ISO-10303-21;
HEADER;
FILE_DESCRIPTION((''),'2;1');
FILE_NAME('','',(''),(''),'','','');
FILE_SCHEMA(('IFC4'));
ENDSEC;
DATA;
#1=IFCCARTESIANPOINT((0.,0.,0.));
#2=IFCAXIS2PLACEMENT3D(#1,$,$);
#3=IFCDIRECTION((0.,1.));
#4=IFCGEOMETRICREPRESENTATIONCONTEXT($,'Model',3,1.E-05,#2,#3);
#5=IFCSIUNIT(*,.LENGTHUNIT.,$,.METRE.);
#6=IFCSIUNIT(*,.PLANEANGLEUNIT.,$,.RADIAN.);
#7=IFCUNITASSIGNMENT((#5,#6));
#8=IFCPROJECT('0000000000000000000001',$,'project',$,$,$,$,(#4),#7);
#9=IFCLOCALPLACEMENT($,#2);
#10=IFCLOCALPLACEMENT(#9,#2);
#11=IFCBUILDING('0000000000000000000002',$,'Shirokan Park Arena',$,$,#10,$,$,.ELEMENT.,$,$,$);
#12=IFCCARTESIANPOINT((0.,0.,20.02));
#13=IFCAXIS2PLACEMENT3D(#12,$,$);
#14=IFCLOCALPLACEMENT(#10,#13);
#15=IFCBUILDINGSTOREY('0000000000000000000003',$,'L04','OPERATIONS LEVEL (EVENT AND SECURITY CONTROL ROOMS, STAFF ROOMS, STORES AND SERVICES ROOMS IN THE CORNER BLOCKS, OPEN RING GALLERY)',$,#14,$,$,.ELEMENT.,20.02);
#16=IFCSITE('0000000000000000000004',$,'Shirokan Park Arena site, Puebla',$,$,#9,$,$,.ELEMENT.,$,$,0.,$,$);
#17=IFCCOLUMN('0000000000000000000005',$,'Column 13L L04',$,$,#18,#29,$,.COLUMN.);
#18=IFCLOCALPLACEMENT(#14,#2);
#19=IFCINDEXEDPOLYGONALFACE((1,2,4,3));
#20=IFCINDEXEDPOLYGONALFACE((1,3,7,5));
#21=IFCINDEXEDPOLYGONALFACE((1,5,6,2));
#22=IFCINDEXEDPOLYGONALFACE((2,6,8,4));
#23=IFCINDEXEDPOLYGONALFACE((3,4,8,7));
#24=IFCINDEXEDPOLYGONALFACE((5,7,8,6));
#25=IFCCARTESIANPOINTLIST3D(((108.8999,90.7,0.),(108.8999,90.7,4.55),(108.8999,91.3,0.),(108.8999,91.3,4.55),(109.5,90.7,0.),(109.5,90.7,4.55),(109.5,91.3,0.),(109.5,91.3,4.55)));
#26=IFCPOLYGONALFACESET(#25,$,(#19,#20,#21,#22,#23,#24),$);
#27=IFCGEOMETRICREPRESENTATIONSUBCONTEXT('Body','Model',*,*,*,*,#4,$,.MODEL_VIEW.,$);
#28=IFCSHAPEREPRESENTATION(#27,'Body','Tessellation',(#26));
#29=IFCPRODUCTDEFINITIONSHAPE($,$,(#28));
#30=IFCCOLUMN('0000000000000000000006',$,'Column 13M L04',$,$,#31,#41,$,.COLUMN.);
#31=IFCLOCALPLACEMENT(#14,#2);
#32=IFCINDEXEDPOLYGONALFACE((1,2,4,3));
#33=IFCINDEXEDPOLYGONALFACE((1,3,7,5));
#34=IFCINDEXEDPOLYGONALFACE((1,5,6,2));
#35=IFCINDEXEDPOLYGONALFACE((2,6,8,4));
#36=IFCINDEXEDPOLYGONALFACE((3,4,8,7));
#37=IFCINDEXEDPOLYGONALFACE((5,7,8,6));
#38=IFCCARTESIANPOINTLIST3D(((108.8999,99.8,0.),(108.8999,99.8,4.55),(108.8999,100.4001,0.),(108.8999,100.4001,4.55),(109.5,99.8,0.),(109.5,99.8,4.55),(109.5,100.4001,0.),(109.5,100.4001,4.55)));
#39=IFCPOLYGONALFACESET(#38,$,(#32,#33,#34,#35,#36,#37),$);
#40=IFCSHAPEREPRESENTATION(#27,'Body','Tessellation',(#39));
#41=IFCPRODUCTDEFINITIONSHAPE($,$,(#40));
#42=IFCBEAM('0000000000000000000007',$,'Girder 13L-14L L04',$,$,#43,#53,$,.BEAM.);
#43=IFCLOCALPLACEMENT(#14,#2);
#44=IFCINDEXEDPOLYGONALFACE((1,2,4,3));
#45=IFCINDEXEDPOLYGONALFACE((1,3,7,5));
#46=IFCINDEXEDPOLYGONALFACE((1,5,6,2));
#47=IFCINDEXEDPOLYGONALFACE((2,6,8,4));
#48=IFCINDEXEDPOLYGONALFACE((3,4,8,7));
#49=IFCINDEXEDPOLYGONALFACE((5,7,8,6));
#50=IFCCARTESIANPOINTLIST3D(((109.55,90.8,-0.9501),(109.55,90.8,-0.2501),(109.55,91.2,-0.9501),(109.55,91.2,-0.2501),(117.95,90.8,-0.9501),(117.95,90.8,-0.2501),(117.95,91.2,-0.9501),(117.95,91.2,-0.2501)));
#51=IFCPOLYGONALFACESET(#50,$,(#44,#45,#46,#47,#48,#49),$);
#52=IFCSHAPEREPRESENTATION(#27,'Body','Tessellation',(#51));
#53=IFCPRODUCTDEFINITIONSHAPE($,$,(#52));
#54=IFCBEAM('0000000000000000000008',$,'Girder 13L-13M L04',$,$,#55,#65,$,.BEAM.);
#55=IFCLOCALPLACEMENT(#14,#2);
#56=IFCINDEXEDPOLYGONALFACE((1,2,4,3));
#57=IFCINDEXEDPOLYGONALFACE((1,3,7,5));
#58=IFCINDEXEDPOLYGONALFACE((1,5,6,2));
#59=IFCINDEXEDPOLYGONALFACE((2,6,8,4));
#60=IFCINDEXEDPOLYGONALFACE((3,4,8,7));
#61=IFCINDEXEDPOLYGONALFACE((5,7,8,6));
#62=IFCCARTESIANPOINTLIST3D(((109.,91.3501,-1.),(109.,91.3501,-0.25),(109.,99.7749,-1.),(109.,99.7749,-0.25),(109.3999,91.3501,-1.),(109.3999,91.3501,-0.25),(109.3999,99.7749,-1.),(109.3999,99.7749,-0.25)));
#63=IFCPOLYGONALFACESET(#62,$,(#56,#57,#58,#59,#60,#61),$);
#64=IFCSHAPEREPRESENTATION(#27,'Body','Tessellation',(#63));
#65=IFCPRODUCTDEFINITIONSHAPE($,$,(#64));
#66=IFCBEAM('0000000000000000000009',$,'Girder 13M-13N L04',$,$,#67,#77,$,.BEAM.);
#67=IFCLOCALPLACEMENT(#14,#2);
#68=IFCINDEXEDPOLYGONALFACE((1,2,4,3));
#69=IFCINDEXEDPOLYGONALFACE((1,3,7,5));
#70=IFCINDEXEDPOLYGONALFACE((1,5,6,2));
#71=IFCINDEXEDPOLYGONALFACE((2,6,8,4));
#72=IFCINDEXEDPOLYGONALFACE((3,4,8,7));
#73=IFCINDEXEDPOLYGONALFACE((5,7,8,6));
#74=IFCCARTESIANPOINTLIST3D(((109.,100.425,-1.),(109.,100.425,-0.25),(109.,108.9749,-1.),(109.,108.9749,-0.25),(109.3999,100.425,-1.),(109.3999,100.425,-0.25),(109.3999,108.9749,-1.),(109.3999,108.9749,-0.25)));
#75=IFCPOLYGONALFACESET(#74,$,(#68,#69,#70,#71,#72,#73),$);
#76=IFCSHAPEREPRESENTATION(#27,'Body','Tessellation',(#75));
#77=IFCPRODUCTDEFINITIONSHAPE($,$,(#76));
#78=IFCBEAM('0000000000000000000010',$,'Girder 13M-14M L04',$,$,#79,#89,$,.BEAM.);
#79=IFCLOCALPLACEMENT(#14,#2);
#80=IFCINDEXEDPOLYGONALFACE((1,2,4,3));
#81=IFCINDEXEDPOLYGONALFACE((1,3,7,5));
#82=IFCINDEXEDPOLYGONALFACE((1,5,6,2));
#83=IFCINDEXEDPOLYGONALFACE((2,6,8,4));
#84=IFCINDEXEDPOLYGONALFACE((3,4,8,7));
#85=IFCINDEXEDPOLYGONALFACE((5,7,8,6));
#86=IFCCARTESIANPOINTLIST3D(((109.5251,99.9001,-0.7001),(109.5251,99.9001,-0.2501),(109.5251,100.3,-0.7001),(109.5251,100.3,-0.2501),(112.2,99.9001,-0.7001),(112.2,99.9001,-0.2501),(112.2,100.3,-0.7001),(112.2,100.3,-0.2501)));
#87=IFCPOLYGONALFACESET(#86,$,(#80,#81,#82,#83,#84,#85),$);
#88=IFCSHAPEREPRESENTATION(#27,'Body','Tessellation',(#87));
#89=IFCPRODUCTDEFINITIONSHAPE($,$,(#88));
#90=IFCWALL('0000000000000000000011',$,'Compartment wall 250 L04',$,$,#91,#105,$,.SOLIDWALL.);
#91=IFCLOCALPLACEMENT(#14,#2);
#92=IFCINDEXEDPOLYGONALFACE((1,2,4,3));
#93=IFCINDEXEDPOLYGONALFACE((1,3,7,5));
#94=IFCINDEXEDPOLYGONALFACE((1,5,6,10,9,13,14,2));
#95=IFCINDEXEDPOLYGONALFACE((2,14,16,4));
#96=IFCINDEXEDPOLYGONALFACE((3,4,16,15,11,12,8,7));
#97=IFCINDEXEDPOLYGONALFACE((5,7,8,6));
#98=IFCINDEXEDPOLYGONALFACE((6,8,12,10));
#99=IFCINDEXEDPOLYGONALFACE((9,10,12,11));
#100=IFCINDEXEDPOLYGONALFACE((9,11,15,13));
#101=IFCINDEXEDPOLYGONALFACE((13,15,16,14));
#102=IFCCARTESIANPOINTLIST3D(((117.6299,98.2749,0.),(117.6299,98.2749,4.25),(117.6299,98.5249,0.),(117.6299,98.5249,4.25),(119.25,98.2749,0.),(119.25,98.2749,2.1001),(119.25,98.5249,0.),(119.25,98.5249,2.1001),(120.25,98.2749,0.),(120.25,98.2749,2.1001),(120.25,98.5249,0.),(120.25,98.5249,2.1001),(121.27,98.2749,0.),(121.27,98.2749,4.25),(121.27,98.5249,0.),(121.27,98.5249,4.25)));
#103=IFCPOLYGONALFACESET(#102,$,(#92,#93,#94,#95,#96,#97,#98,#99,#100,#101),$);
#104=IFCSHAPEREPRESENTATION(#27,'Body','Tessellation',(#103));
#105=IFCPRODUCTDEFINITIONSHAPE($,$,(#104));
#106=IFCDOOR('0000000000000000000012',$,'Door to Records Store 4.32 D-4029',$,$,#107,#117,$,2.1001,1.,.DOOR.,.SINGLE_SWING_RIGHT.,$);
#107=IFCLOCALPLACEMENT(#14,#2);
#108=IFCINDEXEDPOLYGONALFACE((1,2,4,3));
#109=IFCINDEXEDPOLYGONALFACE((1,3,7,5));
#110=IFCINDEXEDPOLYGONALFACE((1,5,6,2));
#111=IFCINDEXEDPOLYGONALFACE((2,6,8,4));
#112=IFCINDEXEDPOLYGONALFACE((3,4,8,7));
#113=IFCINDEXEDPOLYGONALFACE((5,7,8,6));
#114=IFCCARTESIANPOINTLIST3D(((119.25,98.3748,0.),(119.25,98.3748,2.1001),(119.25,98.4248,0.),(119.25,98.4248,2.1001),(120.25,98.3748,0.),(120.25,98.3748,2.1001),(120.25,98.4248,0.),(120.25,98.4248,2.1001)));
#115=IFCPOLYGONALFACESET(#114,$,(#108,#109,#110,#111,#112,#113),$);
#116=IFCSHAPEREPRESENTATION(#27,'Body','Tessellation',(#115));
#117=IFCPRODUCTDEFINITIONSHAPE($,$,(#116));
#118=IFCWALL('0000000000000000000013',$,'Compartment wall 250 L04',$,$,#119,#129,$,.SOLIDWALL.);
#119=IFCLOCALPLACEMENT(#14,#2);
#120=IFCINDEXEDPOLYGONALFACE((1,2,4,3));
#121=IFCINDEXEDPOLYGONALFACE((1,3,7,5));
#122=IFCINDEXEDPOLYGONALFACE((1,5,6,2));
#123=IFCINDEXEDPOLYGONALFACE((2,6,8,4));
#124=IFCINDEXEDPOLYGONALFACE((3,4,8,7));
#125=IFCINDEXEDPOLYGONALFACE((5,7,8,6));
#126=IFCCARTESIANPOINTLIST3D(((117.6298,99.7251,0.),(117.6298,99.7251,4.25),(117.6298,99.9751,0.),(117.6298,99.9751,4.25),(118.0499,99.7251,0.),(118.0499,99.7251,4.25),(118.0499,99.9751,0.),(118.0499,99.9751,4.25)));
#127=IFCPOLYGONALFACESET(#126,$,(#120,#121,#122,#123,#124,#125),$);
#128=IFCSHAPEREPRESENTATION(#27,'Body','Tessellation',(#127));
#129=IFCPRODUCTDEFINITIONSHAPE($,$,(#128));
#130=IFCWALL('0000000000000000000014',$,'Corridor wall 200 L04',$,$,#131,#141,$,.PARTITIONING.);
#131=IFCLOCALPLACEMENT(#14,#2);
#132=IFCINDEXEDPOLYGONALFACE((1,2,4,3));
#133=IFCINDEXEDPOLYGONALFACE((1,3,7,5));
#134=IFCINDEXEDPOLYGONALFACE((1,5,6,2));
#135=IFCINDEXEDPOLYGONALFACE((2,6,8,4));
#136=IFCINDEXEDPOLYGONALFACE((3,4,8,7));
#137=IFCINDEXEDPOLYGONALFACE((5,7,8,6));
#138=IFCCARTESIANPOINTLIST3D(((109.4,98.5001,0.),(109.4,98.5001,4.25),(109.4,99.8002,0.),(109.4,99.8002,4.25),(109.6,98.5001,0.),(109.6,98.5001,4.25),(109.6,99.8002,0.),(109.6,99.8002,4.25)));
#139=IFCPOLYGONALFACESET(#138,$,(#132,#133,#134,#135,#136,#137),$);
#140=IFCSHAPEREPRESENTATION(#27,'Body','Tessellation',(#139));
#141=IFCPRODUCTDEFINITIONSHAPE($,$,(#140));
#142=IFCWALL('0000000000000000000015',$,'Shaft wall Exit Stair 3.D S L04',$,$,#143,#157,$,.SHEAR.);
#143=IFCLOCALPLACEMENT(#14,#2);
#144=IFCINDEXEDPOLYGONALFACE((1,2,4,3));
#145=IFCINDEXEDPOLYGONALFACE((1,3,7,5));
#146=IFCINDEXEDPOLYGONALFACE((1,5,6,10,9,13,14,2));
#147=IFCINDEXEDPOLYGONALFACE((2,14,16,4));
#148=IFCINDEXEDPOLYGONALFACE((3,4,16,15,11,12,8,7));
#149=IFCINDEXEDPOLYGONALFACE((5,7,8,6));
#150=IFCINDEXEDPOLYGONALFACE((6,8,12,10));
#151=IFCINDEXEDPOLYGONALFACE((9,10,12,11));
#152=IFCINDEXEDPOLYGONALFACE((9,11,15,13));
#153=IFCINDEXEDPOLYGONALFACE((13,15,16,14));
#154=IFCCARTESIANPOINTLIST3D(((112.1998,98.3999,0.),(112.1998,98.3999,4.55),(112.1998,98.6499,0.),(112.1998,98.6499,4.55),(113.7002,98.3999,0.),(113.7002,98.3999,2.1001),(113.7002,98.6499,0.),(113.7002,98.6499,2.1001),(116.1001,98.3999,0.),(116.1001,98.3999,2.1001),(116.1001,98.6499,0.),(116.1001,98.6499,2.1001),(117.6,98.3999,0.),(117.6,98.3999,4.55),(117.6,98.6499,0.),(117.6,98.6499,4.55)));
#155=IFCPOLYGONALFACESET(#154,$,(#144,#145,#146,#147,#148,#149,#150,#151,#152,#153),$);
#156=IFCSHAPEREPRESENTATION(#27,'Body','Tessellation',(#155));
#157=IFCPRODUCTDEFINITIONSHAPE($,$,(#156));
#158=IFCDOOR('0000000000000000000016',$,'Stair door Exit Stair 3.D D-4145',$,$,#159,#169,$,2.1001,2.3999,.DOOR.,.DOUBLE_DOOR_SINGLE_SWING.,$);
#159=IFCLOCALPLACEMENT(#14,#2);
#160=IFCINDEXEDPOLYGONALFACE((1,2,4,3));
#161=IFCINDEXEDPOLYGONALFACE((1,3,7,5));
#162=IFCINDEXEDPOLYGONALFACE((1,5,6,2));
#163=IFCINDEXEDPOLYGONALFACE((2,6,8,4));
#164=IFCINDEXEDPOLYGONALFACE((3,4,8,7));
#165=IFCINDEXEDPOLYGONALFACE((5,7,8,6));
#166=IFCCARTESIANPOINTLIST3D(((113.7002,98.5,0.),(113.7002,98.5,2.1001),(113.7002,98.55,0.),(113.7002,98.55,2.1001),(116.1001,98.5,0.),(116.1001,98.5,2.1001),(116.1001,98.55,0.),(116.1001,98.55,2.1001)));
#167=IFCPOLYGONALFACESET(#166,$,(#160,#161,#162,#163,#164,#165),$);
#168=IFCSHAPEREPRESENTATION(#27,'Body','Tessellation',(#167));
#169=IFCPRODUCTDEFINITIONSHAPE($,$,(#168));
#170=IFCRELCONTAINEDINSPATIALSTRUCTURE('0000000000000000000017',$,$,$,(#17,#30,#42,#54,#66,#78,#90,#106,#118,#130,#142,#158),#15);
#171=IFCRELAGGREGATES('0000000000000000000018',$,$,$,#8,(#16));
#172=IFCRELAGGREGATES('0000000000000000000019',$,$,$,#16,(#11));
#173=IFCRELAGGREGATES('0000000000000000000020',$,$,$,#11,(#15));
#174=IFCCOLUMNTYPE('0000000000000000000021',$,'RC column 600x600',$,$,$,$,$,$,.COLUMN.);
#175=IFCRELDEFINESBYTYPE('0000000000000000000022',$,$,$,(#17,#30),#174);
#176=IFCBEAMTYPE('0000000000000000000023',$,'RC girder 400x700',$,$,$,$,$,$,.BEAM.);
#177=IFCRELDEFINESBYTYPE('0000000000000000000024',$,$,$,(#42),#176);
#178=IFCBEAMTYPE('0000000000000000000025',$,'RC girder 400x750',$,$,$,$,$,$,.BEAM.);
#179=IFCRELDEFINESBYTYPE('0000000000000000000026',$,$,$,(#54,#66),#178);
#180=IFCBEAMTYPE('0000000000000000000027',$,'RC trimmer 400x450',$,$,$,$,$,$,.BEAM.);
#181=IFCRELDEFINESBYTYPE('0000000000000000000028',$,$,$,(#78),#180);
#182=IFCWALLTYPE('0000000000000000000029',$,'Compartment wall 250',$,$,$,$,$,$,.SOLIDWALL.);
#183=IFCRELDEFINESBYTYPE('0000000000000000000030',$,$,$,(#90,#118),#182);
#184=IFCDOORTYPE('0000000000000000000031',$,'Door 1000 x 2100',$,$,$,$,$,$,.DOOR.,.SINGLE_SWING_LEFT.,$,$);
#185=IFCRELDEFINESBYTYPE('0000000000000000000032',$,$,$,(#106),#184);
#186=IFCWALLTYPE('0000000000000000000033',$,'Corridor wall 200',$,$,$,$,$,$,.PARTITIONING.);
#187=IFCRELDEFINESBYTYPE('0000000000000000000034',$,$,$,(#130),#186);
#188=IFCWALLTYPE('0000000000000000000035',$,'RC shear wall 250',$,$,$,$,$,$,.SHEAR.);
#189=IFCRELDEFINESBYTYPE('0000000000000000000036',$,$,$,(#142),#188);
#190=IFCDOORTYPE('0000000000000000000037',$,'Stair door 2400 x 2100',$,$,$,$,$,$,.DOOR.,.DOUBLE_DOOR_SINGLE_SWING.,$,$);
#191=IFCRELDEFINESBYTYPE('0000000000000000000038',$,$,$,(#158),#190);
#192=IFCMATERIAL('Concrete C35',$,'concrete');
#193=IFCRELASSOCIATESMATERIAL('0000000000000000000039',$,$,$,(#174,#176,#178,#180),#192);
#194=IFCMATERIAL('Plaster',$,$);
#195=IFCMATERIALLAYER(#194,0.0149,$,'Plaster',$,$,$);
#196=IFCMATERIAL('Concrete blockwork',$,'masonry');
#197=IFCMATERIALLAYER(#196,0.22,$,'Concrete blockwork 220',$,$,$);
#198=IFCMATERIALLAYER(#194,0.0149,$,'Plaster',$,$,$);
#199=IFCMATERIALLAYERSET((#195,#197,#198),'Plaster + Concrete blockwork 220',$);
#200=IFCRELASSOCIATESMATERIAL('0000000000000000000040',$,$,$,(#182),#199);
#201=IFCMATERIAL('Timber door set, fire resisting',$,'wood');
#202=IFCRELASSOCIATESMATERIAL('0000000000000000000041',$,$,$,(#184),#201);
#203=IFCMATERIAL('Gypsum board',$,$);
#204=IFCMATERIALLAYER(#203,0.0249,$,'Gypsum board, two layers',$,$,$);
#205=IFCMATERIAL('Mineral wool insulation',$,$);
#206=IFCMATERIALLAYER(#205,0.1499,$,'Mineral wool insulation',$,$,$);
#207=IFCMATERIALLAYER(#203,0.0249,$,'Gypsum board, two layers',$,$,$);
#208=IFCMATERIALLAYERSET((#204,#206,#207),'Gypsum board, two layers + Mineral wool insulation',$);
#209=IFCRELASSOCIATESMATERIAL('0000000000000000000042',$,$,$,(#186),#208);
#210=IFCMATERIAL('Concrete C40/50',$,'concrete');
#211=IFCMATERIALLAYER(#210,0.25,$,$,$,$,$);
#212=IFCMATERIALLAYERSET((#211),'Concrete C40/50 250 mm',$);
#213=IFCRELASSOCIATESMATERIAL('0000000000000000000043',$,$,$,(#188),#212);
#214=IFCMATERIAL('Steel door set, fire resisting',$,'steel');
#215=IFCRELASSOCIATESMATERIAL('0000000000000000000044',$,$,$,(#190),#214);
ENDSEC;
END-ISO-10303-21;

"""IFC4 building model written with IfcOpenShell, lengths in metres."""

from ifc_helpers import new_model, si_unit, direction, frame, frame_2d, origin, origin_2d, place, context, subcontext, project, spatial, rectangle, extrude, material, layer, layer_set, material_profile, profile_set, type_object, element, fill, save


model = new_model("IFC4")

# Units and contexts
model_context = context("Model", 3, precision=1e-05, world=origin(), true_north=direction((0.0, 1.0)))
body_context = subcontext(model_context, "Body", "Model", "MODEL_VIEW")
ifc_project = project(units=[si_unit("LENGTHUNIT", "METRE"), si_unit("PLANEANGLEUNIT", "RADIAN")], contexts=[model_context])

# Site, building, storey
site_placement = place(None, origin())
site = spatial("IfcSite", under=ifc_project, at=site_placement, Name="Shirokan Park Arena site, Puebla", CompositionType="ELEMENT", RefElevation=0.0)
building_placement = place(site_placement, origin())
building = spatial("IfcBuilding", under=site, at=building_placement, Name="Shirokan Park Arena", CompositionType="ELEMENT")
storey_placement = place(building_placement, frame((0.0, 0.0, 20.02)))
storey = spatial("IfcBuildingStorey", under=building, at=storey_placement, Name="L04", Description="OPERATIONS LEVEL (EVENT AND SECURITY CONTROL ROOMS, STAFF ROOMS, STORES AND SERVICES ROOMS IN THE CORNER BLOCKS, OPEN RING GALLERY)", CompositionType="ELEMENT", Elevation=20.02)

# Columns
ifc_material_1 = material(Name="Concrete C35", Category="concrete")
ifc_material_profile_1 = material_profile(ifc_material_1, rectangle(XDim=0.6001, YDim=0.6001, at=origin_2d()), Name="600x600")
ifc_profile_set_1 = profile_set([ifc_material_profile_1], Name="Concrete C35")
column_type = type_object("IfcColumnType", Name="RC column 600x600", PredefinedType="COLUMN", material=ifc_profile_set_1)
for number, where, z_axis, x_axis, name in (
    (1, (109.2, 91.0, 0.0), (0.0, 0.0, 1.0), (1.0, 0.0, 0.0), "Column 13L L04"),
    (2, (109.2, 100.1001, 0.0), (0.0, 0.0, 1.0), (1.0, 0.0, 0.0), "Column 13M L04"),
):
    element("IfcColumn", number, at=place(storey_placement, frame(where, z_axis=z_axis, x_axis=x_axis)), inside=storey, type_object=column_type, Name=name, PredefinedType="COLUMN", context=body_context, shape_type="SweptSolid", body=[
        extrude(rectangle(XDim=0.6001, YDim=0.6001, at=origin_2d()), origin(), (0.0, 0.0, 1.0), 4.55),
    ])

# Beams
ifc_material_profile_2 = material_profile(ifc_material_1, rectangle(XDim=0.3999, YDim=0.7, at=origin_2d()), Name="400x700")
ifc_profile_set_2 = profile_set([ifc_material_profile_2], Name="Concrete C35")
beam_type_1 = type_object("IfcBeamType", Name="RC girder 400x700", PredefinedType="BEAM", material=ifc_profile_set_2)
beam_1_placement = place(storey_placement, frame((109.55, 91.0, -0.6001), z_axis=(1.0, 0.0, 0.0), x_axis=(0.0, 1.0, 0.0)))
element("IfcBeam", 3, at=beam_1_placement, inside=storey, type_object=beam_type_1, Name="Girder 13L-14L L04", PredefinedType="BEAM", context=body_context, shape_type="SweptSolid", body=[
    extrude(rectangle(XDim=0.3999, YDim=0.7, at=origin_2d()), origin(), (0.0, 0.0, 1.0), 8.3999),
])
ifc_material_profile_3 = material_profile(ifc_material_1, rectangle(XDim=0.3999, YDim=0.75, at=origin_2d()), Name="400x750")
ifc_profile_set_3 = profile_set([ifc_material_profile_3], Name="Concrete C35")
beam_type_2 = type_object("IfcBeamType", Name="RC girder 400x750", PredefinedType="BEAM", material=ifc_profile_set_3)
beam_2_placement = place(storey_placement, frame((109.2, 91.3501, -0.625), z_axis=(0.0, 1.0, 0.0), x_axis=(-1.0, 0.0, 0.0)))
element("IfcBeam", 4, at=beam_2_placement, inside=storey, type_object=beam_type_2, Name="Girder 13L-13M L04", PredefinedType="BEAM", context=body_context, shape_type="SweptSolid", body=[
    extrude(rectangle(XDim=0.3999, YDim=0.75, at=origin_2d()), origin(), (0.0, 0.0, 1.0), 8.4248),
])
beam_3_placement = place(storey_placement, frame((109.2, 100.425, -0.625), z_axis=(0.0, 1.0, 0.0), x_axis=(-1.0, 0.0, 0.0)))
element("IfcBeam", 5, at=beam_3_placement, inside=storey, type_object=beam_type_2, Name="Girder 13M-13N L04", PredefinedType="BEAM", context=body_context, shape_type="SweptSolid", body=[
    extrude(rectangle(XDim=0.3999, YDim=0.75, at=origin_2d()), origin(), (0.0, 0.0, 1.0), 8.5498),
])
ifc_material_profile_4 = material_profile(ifc_material_1, rectangle(XDim=0.3999, YDim=0.45, at=origin_2d()), Name="400x450")
ifc_profile_set_4 = profile_set([ifc_material_profile_4], Name="Concrete C35")
beam_type_3 = type_object("IfcBeamType", Name="RC trimmer 400x450", PredefinedType="BEAM", material=ifc_profile_set_4)
beam_4_placement = place(storey_placement, frame((109.5251, 100.1001, -0.4751), z_axis=(1.0, 0.0, 0.0), x_axis=(0.0, 1.0, 0.0)))
element("IfcBeam", 6, at=beam_4_placement, inside=storey, type_object=beam_type_3, Name="Girder 13M-14M L04", PredefinedType="BEAM", context=body_context, shape_type="SweptSolid", body=[
    extrude(rectangle(XDim=0.3999, YDim=0.45, at=origin_2d()), origin(), (0.0, 0.0, 1.0), 2.6748),
])

# Wall, opening, door
ifc_material_2 = material(Name="Plaster")
ifc_layer_1 = layer(ifc_material_2, 0.0149, Name="Plaster")
ifc_material_3 = material(Name="Concrete blockwork", Category="masonry")
ifc_layer_2 = layer(ifc_material_3, 0.22, Name="Concrete blockwork 220")
ifc_layer_3 = layer(ifc_material_2, 0.0149, Name="Plaster")
ifc_layer_set_1 = layer_set([ifc_layer_1, ifc_layer_2, ifc_layer_3], Name="Plaster + Concrete blockwork 220")
wall_type_1 = type_object("IfcWallType", Name="Compartment wall 250", PredefinedType="SOLIDWALL", material=ifc_layer_set_1)
wall_1_placement = place(storey_placement, frame((117.6299, 98.3999, 0.0), z_axis=(0.0, 0.0, 1.0), x_axis=(1.0, 0.0, 0.0)))
wall_1 = element("IfcWall", 7, at=wall_1_placement, inside=storey, type_object=wall_type_1, Name="Compartment wall 250 L04", PredefinedType="SOLIDWALL", context=body_context, shape_type="SweptSolid", body=[
    extrude(rectangle(XDim=3.6401, YDim=0.25, at=frame_2d((1.8201, 0.0))), origin(), (0.0, 0.0, 1.0), 4.25),
])
opening_1_placement = place(wall_1_placement, frame((1.6201, 0.0, 0.0)))
opening_1 = element("IfcOpeningElement", 8, at=opening_1_placement, cuts=wall_1, PredefinedType="OPENING", context=body_context, shape_type="SweptSolid", body=[
    extrude(rectangle(XDim=1.0, YDim=2.1001, at=frame_2d((0.5, 1.05))), frame((0.0, 0.135, 0.0), z_axis=(0.0, -1.0, 0.0), x_axis=(1.0, 0.0, 0.0)), (0.0, 0.0, 1.0), 0.27),
])
ifc_material_4 = material(Name="Timber door set, fire resisting", Category="wood")
door_type_1 = type_object("IfcDoorType", Name="Door 1000 x 2100", OperationType="SINGLE_SWING_LEFT", PredefinedType="DOOR", material=ifc_material_4)
door_1_placement = place(opening_1_placement, origin())
door_1 = element("IfcDoor", 9, at=door_1_placement, inside=storey, type_object=door_type_1, Name="Door to Records Store 4.32 D-4029", OperationType="SINGLE_SWING_RIGHT", OverallHeight=2.1001, OverallWidth=1.0, PredefinedType="DOOR", context=body_context, shape_type="SweptSolid", body=[
    extrude(rectangle(XDim=1.0, YDim=2.1001, at=frame_2d((0.5, 1.05))), frame((0.0, 0.0249, 0.0), z_axis=(0.0, -1.0, 0.0), x_axis=(1.0, 0.0, 0.0)), (0.0, 0.0, 1.0), 0.05),
])
fill(opening_1, door_1)

# Wall
wall_2_placement = place(storey_placement, frame((117.6299, 99.8501, 0.0), z_axis=(0.0, 0.0, 1.0), x_axis=(1.0, 0.0, 0.0)))
element("IfcWall", 10, at=wall_2_placement, inside=storey, type_object=wall_type_1, Name="Compartment wall 250 L04", PredefinedType="SOLIDWALL", context=body_context, shape_type="SweptSolid", body=[
    extrude(rectangle(XDim=0.4202, YDim=0.25, at=frame_2d((0.21, 0.0))), origin(), (0.0, 0.0, 1.0), 4.25),
])

# Shared definitions
ifc_material_5 = material(Name="Gypsum board")
ifc_layer_4 = layer(ifc_material_5, 0.0249, Name="Gypsum board, two layers")
ifc_material_6 = material(Name="Mineral wool insulation")
ifc_layer_5 = layer(ifc_material_6, 0.1499, Name="Mineral wool insulation")
ifc_layer_6 = layer(ifc_material_5, 0.0249, Name="Gypsum board, two layers")
ifc_layer_set_2 = layer_set([ifc_layer_4, ifc_layer_5, ifc_layer_6], Name="Gypsum board, two layers + Mineral wool insulation")
wall_type_2 = type_object("IfcWallType", Name="Corridor wall 200", PredefinedType="PARTITIONING", material=ifc_layer_set_2)

# Wall
wall_3_placement = place(storey_placement, frame((109.5, 99.8, 0.0), z_axis=(0.0, 0.0, 1.0), x_axis=(0.0, -1.0, 0.0)))
element("IfcWall", 11, at=wall_3_placement, inside=storey, type_object=wall_type_2, Name="Corridor wall 200 L04", PredefinedType="PARTITIONING", context=body_context, shape_type="SweptSolid", body=[
    extrude(rectangle(XDim=1.3, YDim=0.2, at=frame_2d((0.6499, 0.0))), origin(), (0.0, 0.0, 1.0), 4.25),
])

# Wall, opening, door
ifc_material_7 = material(Name="Concrete C40/50", Category="concrete")
ifc_layer_7 = layer(ifc_material_7, 0.25)
ifc_layer_set_3 = layer_set([ifc_layer_7], Name="Concrete C40/50 250 mm")
wall_type_3 = type_object("IfcWallType", Name="RC shear wall 250", PredefinedType="SHEAR", material=ifc_layer_set_3)
wall_4_placement = place(storey_placement, frame((117.6001, 98.5249, 0.0), z_axis=(0.0, 0.0, 1.0), x_axis=(-1.0, 0.0, 0.0)))
wall_4 = element("IfcWall", 12, at=wall_4_placement, inside=storey, type_object=wall_type_3, Name="Shaft wall Exit Stair 3.D S L04", PredefinedType="SHEAR", context=body_context, shape_type="SweptSolid", body=[
    extrude(rectangle(XDim=5.4001, YDim=0.25, at=frame_2d((2.7002, 0.0))), origin(), (0.0, 0.0, 1.0), 4.55),
])
opening_2_placement = place(wall_4_placement, frame((1.5, 0.0, 0.0)))
opening_2 = element("IfcOpeningElement", 13, at=opening_2_placement, cuts=wall_4, PredefinedType="OPENING", context=body_context, shape_type="SweptSolid", body=[
    extrude(rectangle(XDim=2.3999, YDim=2.1001, at=frame_2d((1.2, 1.05))), frame((0.0, 0.135, 0.0), z_axis=(0.0, -1.0, 0.0), x_axis=(1.0, 0.0, 0.0)), (0.0, 0.0, 1.0), 0.27),
])
ifc_material_8 = material(Name="Steel door set, fire resisting", Category="steel")
door_type_2 = type_object("IfcDoorType", Name="Stair door 2400 x 2100", OperationType="DOUBLE_DOOR_SINGLE_SWING", PredefinedType="DOOR", material=ifc_material_8)
door_2_placement = place(opening_2_placement, origin())
door_2 = element("IfcDoor", 14, at=door_2_placement, inside=storey, type_object=door_type_2, Name="Stair door Exit Stair 3.D D-4145", OperationType="DOUBLE_DOOR_SINGLE_SWING", OverallHeight=2.1001, OverallWidth=2.3999, PredefinedType="DOOR", context=body_context, shape_type="SweptSolid", body=[
    extrude(rectangle(XDim=2.3999, YDim=2.1001, at=frame_2d((1.2, 1.05))), frame((0.0, 0.0249, 0.0), z_axis=(0.0, -1.0, 0.0), x_axis=(1.0, 0.0, 0.0)), (0.0, 0.0, 1.0), 0.05),
])
fill(opening_2, door_2)

save(model, "model.ifc")
